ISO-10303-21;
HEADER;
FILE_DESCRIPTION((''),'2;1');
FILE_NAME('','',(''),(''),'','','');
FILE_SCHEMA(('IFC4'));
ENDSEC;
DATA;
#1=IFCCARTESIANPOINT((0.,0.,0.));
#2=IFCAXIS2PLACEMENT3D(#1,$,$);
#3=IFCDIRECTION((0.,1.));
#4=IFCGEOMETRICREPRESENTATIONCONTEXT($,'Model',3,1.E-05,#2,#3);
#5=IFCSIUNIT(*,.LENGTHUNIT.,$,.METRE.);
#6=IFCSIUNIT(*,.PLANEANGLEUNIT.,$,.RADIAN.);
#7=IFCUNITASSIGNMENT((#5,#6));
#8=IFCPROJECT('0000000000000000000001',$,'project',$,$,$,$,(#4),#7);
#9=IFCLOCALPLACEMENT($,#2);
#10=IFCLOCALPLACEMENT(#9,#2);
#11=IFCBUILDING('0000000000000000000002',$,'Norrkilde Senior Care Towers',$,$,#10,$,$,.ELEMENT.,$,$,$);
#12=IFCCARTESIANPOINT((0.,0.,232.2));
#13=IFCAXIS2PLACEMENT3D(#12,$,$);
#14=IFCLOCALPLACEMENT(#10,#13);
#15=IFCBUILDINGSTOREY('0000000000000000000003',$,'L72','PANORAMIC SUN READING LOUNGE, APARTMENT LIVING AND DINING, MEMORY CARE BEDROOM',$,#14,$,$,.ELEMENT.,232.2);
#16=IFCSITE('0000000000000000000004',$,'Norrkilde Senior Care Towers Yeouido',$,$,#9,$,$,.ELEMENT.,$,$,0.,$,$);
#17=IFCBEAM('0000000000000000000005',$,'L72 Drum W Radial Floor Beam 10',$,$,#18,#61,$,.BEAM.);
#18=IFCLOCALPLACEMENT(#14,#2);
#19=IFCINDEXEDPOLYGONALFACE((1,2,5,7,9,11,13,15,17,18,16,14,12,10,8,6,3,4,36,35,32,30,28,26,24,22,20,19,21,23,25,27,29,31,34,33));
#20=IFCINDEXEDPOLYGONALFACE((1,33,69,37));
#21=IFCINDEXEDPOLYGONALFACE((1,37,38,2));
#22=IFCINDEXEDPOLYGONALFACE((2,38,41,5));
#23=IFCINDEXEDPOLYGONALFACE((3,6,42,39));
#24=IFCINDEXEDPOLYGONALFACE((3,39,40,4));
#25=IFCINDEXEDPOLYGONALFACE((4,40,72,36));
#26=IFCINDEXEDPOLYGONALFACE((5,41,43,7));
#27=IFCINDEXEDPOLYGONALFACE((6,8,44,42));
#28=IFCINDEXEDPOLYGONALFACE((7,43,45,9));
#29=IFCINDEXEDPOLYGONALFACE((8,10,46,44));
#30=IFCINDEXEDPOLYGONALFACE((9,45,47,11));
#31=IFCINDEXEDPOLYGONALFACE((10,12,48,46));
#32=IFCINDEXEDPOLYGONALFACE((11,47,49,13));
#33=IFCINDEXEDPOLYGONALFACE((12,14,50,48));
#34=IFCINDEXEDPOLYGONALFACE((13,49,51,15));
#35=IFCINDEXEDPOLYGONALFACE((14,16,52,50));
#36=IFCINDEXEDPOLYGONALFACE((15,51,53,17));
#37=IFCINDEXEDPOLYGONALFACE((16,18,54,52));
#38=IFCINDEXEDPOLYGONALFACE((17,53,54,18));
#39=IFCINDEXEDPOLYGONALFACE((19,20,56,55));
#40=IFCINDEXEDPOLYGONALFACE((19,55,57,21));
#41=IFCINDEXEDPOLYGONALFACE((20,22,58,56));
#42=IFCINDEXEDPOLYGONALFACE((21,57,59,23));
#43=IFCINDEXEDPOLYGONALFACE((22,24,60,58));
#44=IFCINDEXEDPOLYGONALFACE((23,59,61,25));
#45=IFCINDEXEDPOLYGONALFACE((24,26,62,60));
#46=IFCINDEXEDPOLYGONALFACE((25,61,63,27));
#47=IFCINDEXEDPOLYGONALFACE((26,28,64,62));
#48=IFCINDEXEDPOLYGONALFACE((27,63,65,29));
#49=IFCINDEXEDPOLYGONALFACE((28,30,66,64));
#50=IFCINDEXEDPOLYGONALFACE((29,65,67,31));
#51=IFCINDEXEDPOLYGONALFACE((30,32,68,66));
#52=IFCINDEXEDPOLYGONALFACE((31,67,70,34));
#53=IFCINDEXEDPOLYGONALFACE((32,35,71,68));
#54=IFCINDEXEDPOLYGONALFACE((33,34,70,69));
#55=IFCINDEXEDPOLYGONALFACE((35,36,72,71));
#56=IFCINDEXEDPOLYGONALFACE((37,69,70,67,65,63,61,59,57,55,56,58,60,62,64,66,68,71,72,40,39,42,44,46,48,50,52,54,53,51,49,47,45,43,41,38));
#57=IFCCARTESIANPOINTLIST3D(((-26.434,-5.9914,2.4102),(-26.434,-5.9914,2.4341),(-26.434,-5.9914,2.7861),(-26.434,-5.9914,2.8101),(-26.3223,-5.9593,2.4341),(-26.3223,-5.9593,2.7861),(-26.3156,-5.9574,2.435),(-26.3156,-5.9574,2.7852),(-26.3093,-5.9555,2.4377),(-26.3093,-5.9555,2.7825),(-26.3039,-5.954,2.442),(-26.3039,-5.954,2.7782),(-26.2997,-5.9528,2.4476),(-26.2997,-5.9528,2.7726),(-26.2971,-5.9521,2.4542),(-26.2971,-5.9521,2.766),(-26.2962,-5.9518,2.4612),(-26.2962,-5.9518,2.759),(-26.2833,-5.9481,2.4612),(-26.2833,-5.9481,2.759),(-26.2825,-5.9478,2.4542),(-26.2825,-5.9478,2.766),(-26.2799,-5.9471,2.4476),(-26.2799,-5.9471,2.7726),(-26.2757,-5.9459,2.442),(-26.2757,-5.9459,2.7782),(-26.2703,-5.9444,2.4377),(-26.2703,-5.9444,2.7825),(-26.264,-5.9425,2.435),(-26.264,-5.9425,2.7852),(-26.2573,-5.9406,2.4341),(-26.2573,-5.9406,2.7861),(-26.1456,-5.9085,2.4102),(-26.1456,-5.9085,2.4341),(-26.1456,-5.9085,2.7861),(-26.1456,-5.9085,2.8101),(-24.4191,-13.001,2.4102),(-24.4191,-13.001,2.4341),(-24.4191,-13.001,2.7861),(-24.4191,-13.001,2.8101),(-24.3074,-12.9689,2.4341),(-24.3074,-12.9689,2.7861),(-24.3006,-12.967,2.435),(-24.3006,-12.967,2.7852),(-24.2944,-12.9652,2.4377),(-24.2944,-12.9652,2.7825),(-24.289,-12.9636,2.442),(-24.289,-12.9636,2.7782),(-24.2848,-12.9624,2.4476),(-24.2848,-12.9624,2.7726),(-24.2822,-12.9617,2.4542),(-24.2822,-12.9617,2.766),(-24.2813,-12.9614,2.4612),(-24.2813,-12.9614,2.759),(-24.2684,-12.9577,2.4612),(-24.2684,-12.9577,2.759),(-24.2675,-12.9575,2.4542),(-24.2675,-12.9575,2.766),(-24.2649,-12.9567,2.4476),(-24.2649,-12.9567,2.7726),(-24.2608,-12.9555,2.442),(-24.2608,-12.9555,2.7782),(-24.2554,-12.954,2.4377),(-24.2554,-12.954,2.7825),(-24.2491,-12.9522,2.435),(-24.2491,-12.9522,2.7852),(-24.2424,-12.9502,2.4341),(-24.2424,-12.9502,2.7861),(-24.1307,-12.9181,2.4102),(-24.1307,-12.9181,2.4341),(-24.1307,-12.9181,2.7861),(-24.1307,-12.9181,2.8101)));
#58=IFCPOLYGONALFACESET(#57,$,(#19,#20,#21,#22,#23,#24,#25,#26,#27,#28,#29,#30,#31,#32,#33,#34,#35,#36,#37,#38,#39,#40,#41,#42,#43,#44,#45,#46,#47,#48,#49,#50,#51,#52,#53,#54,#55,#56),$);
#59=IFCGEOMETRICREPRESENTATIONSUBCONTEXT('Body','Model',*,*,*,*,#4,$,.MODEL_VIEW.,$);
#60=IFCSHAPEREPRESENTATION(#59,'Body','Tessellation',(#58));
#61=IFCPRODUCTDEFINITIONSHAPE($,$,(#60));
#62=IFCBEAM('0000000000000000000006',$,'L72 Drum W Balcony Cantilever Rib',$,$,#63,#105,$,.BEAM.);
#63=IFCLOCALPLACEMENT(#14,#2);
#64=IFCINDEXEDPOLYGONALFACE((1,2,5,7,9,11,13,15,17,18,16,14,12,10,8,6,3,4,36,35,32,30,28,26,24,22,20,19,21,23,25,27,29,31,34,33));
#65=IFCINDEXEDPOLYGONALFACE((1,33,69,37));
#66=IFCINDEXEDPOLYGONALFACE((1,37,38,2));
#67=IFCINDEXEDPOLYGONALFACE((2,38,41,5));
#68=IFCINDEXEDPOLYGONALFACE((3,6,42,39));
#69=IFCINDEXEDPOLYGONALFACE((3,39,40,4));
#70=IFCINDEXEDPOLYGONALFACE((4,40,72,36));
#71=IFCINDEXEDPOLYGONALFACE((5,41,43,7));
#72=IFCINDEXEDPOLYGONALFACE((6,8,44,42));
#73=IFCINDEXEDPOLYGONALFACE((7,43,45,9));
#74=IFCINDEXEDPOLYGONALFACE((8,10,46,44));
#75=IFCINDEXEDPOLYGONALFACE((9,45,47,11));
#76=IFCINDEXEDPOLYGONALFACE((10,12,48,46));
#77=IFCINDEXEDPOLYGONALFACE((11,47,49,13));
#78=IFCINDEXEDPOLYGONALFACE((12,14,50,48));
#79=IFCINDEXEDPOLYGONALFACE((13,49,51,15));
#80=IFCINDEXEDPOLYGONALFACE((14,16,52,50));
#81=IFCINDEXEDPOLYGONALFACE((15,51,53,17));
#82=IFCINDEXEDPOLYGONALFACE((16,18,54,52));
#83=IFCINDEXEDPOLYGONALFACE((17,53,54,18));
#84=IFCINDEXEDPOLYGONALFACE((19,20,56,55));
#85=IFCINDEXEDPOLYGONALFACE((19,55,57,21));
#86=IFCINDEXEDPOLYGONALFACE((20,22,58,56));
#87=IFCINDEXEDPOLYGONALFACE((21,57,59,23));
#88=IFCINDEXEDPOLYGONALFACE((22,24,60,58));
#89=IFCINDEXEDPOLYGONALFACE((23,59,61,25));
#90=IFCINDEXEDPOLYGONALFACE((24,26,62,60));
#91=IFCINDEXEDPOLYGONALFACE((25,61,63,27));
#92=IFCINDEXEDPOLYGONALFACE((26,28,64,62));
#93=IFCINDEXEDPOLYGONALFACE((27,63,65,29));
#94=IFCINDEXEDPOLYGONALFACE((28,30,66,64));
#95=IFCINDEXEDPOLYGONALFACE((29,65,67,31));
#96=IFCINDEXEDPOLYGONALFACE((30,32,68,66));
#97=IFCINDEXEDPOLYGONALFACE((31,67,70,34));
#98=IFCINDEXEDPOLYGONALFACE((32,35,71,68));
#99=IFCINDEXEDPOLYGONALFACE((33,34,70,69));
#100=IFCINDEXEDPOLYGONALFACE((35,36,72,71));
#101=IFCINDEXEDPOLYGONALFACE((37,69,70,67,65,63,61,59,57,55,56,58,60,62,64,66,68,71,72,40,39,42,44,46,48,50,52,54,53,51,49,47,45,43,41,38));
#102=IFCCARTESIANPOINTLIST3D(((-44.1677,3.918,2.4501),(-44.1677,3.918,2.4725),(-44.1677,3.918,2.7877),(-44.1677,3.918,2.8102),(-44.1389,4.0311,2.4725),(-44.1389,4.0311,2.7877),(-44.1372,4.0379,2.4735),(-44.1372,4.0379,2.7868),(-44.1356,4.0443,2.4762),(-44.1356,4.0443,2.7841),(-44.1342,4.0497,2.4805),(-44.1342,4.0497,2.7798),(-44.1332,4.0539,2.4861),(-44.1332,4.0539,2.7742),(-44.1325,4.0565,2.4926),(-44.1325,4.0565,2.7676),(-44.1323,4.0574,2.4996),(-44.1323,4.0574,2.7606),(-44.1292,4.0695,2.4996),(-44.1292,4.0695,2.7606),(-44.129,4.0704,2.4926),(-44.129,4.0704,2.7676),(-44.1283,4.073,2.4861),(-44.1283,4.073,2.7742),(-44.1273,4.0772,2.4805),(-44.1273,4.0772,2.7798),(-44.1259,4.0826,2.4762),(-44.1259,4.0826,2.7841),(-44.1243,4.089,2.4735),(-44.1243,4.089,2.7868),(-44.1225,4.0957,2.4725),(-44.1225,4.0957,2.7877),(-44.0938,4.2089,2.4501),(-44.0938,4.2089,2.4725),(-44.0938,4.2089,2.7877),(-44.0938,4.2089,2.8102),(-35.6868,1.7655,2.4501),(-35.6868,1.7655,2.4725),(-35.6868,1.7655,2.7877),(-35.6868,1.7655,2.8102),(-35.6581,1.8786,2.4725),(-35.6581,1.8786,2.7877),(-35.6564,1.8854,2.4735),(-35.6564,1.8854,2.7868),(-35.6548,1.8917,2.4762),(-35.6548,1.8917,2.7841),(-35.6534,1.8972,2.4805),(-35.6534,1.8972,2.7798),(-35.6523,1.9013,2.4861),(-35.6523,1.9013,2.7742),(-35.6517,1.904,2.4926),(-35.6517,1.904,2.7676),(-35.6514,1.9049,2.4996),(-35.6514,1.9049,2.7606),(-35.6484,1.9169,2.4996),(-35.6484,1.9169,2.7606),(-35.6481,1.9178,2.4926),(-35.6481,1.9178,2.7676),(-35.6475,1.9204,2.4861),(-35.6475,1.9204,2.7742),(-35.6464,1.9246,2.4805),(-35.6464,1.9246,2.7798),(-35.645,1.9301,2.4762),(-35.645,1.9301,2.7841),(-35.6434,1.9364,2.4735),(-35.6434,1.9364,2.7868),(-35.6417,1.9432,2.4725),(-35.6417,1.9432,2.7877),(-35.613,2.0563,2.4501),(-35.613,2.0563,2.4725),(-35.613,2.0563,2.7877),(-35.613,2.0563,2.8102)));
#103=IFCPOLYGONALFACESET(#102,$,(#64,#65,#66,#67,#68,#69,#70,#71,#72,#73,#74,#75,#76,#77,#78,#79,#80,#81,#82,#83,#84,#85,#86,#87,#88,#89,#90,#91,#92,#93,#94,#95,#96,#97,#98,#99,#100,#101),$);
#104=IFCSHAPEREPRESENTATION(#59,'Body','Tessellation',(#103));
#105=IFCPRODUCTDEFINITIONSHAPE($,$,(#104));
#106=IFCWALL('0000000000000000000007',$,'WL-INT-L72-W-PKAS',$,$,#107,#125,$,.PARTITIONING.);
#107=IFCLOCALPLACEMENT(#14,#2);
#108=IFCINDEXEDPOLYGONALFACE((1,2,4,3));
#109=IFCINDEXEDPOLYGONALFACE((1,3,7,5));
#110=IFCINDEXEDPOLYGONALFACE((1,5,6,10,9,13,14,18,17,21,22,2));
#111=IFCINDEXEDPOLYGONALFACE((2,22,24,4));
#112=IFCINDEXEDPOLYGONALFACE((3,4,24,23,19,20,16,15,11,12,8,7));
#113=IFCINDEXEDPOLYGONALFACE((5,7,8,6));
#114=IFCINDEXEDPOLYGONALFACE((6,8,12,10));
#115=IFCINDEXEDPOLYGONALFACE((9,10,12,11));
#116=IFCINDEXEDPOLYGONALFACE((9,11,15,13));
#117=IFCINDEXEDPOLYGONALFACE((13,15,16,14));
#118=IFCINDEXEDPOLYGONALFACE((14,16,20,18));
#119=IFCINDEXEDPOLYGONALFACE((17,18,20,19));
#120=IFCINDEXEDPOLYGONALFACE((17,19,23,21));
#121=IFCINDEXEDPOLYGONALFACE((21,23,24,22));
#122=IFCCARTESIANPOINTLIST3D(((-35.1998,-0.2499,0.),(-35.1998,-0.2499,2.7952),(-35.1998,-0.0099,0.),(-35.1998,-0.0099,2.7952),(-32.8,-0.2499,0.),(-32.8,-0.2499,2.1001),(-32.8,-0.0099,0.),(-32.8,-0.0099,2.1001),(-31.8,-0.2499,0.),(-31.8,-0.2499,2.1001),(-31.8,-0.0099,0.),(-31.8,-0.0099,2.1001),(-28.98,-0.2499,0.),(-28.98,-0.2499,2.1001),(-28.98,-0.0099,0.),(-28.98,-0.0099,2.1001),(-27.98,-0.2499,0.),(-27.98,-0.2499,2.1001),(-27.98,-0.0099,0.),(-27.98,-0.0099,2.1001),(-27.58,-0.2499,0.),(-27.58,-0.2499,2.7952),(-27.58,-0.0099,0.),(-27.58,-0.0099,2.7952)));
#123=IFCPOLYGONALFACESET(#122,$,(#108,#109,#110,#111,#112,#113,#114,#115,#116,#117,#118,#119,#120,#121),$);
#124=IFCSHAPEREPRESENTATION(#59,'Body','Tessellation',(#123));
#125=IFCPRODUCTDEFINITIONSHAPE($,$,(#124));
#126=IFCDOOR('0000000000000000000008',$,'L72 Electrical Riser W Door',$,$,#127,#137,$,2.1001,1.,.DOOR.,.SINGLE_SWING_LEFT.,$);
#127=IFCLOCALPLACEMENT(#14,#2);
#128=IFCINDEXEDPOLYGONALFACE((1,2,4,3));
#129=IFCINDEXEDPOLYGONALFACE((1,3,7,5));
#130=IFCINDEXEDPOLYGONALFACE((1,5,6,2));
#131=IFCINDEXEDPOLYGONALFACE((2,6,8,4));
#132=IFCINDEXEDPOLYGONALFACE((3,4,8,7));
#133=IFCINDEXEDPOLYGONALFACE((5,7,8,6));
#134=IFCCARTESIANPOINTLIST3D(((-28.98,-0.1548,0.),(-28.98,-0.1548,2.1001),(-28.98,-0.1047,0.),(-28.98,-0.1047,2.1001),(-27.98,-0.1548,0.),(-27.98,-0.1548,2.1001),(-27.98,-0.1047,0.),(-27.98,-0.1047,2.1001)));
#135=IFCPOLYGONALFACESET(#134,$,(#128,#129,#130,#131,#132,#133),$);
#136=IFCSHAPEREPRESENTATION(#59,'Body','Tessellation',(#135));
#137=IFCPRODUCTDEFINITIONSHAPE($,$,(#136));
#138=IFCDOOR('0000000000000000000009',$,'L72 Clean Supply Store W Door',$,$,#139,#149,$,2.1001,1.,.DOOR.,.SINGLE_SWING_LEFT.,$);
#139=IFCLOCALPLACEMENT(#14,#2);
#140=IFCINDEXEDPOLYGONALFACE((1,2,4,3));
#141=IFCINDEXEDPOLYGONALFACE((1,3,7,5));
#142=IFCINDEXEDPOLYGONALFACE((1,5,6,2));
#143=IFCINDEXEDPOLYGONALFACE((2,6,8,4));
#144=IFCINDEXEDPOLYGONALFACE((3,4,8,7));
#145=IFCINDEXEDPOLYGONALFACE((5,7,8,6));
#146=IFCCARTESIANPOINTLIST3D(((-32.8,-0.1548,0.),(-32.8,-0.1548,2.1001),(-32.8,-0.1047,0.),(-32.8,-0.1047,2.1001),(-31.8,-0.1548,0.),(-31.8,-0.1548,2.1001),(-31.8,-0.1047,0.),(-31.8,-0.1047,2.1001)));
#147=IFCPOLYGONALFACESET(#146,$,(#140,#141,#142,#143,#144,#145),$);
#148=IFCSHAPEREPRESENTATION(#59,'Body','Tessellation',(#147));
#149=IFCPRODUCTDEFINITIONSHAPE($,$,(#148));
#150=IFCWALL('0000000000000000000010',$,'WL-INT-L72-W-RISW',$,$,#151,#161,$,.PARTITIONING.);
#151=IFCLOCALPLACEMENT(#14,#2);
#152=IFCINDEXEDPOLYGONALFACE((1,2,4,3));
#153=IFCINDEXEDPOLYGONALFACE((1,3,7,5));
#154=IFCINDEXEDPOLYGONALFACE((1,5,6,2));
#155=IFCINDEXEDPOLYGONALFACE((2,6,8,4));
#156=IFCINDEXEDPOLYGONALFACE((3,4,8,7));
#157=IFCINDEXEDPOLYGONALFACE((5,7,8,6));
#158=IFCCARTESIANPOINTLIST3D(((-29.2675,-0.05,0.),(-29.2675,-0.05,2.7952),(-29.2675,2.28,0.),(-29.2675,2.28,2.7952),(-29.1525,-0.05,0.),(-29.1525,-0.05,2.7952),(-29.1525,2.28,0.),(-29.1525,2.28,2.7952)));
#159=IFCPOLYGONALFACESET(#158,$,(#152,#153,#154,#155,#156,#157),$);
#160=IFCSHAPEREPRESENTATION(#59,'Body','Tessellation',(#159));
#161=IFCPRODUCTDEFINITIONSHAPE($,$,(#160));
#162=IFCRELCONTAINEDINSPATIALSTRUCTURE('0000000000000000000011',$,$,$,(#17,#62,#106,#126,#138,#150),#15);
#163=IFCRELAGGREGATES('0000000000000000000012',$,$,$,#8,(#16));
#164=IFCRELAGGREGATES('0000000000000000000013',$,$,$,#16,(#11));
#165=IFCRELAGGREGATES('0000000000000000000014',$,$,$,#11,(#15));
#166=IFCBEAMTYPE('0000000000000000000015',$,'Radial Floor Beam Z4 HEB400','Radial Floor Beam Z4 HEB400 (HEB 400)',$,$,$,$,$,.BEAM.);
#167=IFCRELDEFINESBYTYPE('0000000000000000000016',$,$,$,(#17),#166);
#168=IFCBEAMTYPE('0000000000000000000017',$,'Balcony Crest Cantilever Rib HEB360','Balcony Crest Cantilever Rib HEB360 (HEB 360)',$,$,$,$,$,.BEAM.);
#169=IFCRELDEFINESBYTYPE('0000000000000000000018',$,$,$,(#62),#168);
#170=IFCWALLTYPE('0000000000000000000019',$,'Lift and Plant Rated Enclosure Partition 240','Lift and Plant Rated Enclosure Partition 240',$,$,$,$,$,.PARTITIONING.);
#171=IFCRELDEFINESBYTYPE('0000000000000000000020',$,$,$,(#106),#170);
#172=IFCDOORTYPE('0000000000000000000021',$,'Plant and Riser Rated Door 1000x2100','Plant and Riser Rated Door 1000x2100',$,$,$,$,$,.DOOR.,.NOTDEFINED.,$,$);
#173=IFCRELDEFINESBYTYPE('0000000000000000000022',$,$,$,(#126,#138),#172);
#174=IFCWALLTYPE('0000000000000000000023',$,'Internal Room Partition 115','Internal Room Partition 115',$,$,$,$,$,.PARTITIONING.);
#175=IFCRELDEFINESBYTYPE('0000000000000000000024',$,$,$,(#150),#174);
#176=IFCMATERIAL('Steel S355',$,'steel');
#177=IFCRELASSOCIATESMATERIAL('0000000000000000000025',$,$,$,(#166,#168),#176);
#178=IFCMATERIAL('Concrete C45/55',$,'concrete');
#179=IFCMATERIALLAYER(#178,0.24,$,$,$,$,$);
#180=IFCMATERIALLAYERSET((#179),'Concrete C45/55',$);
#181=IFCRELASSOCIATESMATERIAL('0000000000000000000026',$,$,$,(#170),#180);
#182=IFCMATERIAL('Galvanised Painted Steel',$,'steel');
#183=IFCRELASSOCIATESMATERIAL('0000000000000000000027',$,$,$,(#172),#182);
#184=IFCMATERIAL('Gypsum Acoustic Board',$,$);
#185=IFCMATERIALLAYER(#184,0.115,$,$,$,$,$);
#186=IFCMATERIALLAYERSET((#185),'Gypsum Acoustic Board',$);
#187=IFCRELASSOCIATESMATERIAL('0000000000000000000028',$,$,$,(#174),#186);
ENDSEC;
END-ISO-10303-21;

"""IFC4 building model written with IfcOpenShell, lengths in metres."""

from ifc_helpers import new_model, si_unit, direction, frame, frame_2d, origin, origin_2d, place, context, subcontext, project, spatial, rectangle, i_section, extrude, source, transform, mapped, material, layer, layer_set, material_profile, profile_set, type_object, type_shapes, element, fill, save


model = new_model("IFC4")

# Units and contexts
model_context = context("Model", 3, precision=1e-05, world=origin(), true_north=direction((0.0, 1.0)))
body_context = subcontext(model_context, "Body", "Model", "MODEL_VIEW")
ifc_project = project(units=[si_unit("LENGTHUNIT", "METRE"), si_unit("PLANEANGLEUNIT", "RADIAN")], contexts=[model_context])

# Site, building, storey
site_placement = place(None, origin())
site = spatial("IfcSite", under=ifc_project, at=site_placement, Name="Norrkilde Senior Care Towers Yeouido", CompositionType="ELEMENT", RefElevation=0.0)
building_placement = place(site_placement, origin())
building = spatial("IfcBuilding", under=site, at=building_placement, Name="Norrkilde Senior Care Towers", CompositionType="ELEMENT")
storey_placement = place(building_placement, frame((0.0, 0.0, 232.2)))
storey = spatial("IfcBuildingStorey", under=building, at=storey_placement, Name="L72", Description="PANORAMIC SUN READING LOUNGE, APARTMENT LIVING AND DINING, MEMORY CARE BEDROOM", CompositionType="ELEMENT", Elevation=232.2)

# Beams
ifc_material_1 = material(Name="Steel S355", Category="steel")
ifc_material_profile_1 = material_profile(ifc_material_1, i_section(OverallWidth=0.3, OverallDepth=0.3999, WebThickness=0.0134, FlangeThickness=0.0239, FilletRadius=0.0271, at=origin_2d()), Name="HEB 400")
ifc_profile_set_1 = profile_set([ifc_material_profile_1], Name="Steel S355")
beam_type_1 = type_object("IfcBeamType", Name="Radial Floor Beam Z4 HEB400", Description="Radial Floor Beam Z4 HEB400 (HEB 400)", PredefinedType="BEAM", material=ifc_profile_set_1)
shared_shape_1 = source(origin(), body_context, "Body", "SweptSolid", [
    extrude(i_section(OverallWidth=0.3, OverallDepth=0.3999, WebThickness=0.0134, FlangeThickness=0.0239, FilletRadius=0.0271, at=origin_2d()), origin(), (0.0, 0.0, 1.0), 7.2935),
])
type_shapes(beam_type_1, [shared_shape_1])
beam_1_placement = place(storey_placement, frame((-26.2898, -5.95, 2.6101), z_axis=(0.276264, -0.961082, 0.0), x_axis=(0.961082, 0.276264, 0.0)))
element("IfcBeam", 1, at=beam_1_placement, inside=storey, type_object=beam_type_1, Name="L72 Drum W Radial Floor Beam 10", PredefinedType="BEAM", context=body_context, shape_type="MappedRepresentation", body=[
    mapped(shared_shape_1, transform((0.0, 0.0, 0.0), x_axis=(1.0, 0.0, 0.0), y_axis=(0.0, 1.0, 0.0), z_axis=(0.0, 0.0, 1.0), scale=1.0)),
])
ifc_material_profile_2 = material_profile(ifc_material_1, i_section(OverallWidth=0.3, OverallDepth=0.3601, WebThickness=0.0125, FlangeThickness=0.0225, FilletRadius=0.0271, at=origin_2d()), Name="HEB 360")
ifc_profile_set_2 = profile_set([ifc_material_profile_2], Name="Steel S355")
beam_type_2 = type_object("IfcBeamType", Name="Balcony Crest Cantilever Rib HEB360", Description="Balcony Crest Cantilever Rib HEB360 (HEB 360)", PredefinedType="BEAM", material=ifc_profile_set_2)
shared_shape_2 = source(origin(), body_context, "Body", "SweptSolid", [
    extrude(i_section(OverallWidth=0.3, OverallDepth=0.3601, WebThickness=0.0125, FlangeThickness=0.0225, FilletRadius=0.0271, at=origin_2d()), origin(), (0.0, 0.0, 1.0), 8.7498),
])
type_shapes(beam_type_2, [shared_shape_2])
beam_2_placement = place(storey_placement, frame((-35.6499, 1.9109, 2.6301), z_axis=(-0.969266, 0.246014, 0.0), x_axis=(-0.246014, -0.969266, 0.0)))
element("IfcBeam", 2, at=beam_2_placement, inside=storey, type_object=beam_type_2, Name="L72 Drum W Balcony Cantilever Rib", PredefinedType="BEAM", context=body_context, shape_type="MappedRepresentation", body=[
    mapped(shared_shape_2, transform((0.0, 0.0, 0.0), x_axis=(1.0, 0.0, 0.0), y_axis=(0.0, 1.0, 0.0), z_axis=(0.0, 0.0, 1.0), scale=1.0)),
])

# Shared definitions
ifc_material_2 = material(Name="Concrete C45/55", Category="concrete")
ifc_material_3 = material(Name="Galvanised Painted Steel", Category="steel")

# Wall, openings, doors
ifc_layer_1 = layer(ifc_material_2, 0.24)
ifc_layer_set_1 = layer_set([ifc_layer_1], Name="Concrete C45/55")
wall_type_1 = type_object("IfcWallType", Name="Lift and Plant Rated Enclosure Partition 240", Description="Lift and Plant Rated Enclosure Partition 240", PredefinedType="PARTITIONING", material=ifc_layer_set_1)
shared_shape_3 = source(origin(), body_context, "Body", "SweptSolid", [
    extrude(rectangle(XDim=7.6199, YDim=0.24, at=frame_2d((3.8101, 0.0))), origin(), (0.0, 0.0, 1.0), 2.7952),
])
type_shapes(wall_type_1, [shared_shape_3])
wall_1_placement = place(storey_placement, frame((-35.2, -0.1299, 0.0), z_axis=(0.0, 0.0, 1.0), x_axis=(1.0, 0.0, 0.0)))
wall_1 = element("IfcWall", 3, at=wall_1_placement, inside=storey, type_object=wall_type_1, Name="WL-INT-L72-W-PKAS", PredefinedType="PARTITIONING", context=body_context, shape_type="MappedRepresentation", body=[
    mapped(shared_shape_3, transform((0.0, 0.0, 0.0), x_axis=(1.0, 0.0, 0.0), y_axis=(0.0, 1.0, 0.0), z_axis=(0.0, 0.0, 1.0), scale=1.0)),
])
opening_1_placement = place(wall_1_placement, frame((6.22, 0.0, 0.0)))
opening_1 = element("IfcOpeningElement", 4, at=opening_1_placement, cuts=wall_1, PredefinedType="OPENING", context=body_context, shape_type="SweptSolid", body=[
    extrude(rectangle(XDim=1.0, YDim=2.1001, at=frame_2d((0.5, 1.05))), frame((0.0, 0.1299, 0.0), z_axis=(0.0, -1.0, 0.0), x_axis=(1.0, 0.0, 0.0)), (0.0, 0.0, 1.0), 0.26),
])
opening_2_placement = place(wall_1_placement, frame((2.3999, 0.0, 0.0)))
opening_2 = element("IfcOpeningElement", 5, at=opening_2_placement, cuts=wall_1, PredefinedType="OPENING", context=body_context, shape_type="SweptSolid", body=[
    extrude(rectangle(XDim=1.0, YDim=2.1001, at=frame_2d((0.5, 1.05))), frame((0.0, 0.1299, 0.0), z_axis=(0.0, -1.0, 0.0), x_axis=(1.0, 0.0, 0.0)), (0.0, 0.0, 1.0), 0.26),
])
door_type_1 = type_object("IfcDoorType", Name="Plant and Riser Rated Door 1000x2100", Description="Plant and Riser Rated Door 1000x2100", OperationType="NOTDEFINED", PredefinedType="DOOR", material=ifc_material_3)
shared_shape_4 = source(origin(), body_context, "Body", "SweptSolid", [
    extrude(rectangle(XDim=1.0, YDim=2.1001, at=frame_2d((0.5, 1.05))), frame((0.0, 0.0249, 0.0), z_axis=(0.0, -1.0, 0.0), x_axis=(1.0, 0.0, 0.0)), (0.0, 0.0, 1.0), 0.05),
])
type_shapes(door_type_1, [shared_shape_4])
door_1_placement = place(opening_1_placement, frame((1.0, 0.0, 0.0), z_axis=(0.0, 0.0, 1.0), x_axis=(-1.0, 0.0, 0.0)))
door_1 = element("IfcDoor", 6, at=door_1_placement, inside=storey, type_object=door_type_1, Name="L72 Electrical Riser W Door", OperationType="SINGLE_SWING_LEFT", OverallHeight=2.1001, OverallWidth=1.0, PredefinedType="DOOR", context=body_context, shape_type="MappedRepresentation", body=[
    mapped(shared_shape_4, transform((0.0, 0.0, 0.0), x_axis=(1.0, 0.0, 0.0), y_axis=(0.0, 1.0, 0.0), z_axis=(0.0, 0.0, 1.0), scale=1.0)),
])
fill(opening_1, door_1)
door_2_placement = place(opening_2_placement, frame((1.0, 0.0, 0.0), z_axis=(0.0, 0.0, 1.0), x_axis=(-1.0, 0.0, 0.0)))
door_2 = element("IfcDoor", 7, at=door_2_placement, inside=storey, type_object=door_type_1, Name="L72 Clean Supply Store W Door", OperationType="SINGLE_SWING_LEFT", OverallHeight=2.1001, OverallWidth=1.0, PredefinedType="DOOR", context=body_context, shape_type="MappedRepresentation", body=[
    mapped(shared_shape_4, transform((0.0, 0.0, 0.0), x_axis=(1.0, 0.0, 0.0), y_axis=(0.0, 1.0, 0.0), z_axis=(0.0, 0.0, 1.0), scale=1.0)),
])
fill(opening_2, door_2)

# Wall
ifc_material_4 = material(Name="Gypsum Acoustic Board")
ifc_layer_2 = layer(ifc_material_4, 0.115)
ifc_layer_set_2 = layer_set([ifc_layer_2], Name="Gypsum Acoustic Board")
wall_type_2 = type_object("IfcWallType", Name="Internal Room Partition 115", Description="Internal Room Partition 115", PredefinedType="PARTITIONING", material=ifc_layer_set_2)
shared_shape_5 = source(origin(), body_context, "Body", "SweptSolid", [
    extrude(rectangle(XDim=2.3301, YDim=0.115, at=frame_2d((1.165, 0.0))), origin(), (0.0, 0.0, 1.0), 2.7952),
])
type_shapes(wall_type_2, [shared_shape_5])
wall_2_placement = place(storey_placement, frame((-29.21, -0.05, 0.0), z_axis=(0.0, 0.0, 1.0), x_axis=(0.0, 1.0, 0.0)))
element("IfcWall", 8, at=wall_2_placement, inside=storey, type_object=wall_type_2, Name="WL-INT-L72-W-RISW", PredefinedType="PARTITIONING", context=body_context, shape_type="MappedRepresentation", body=[
    mapped(shared_shape_5, transform((0.0, 0.0, 0.0), x_axis=(1.0, 0.0, 0.0), y_axis=(0.0, 1.0, 0.0), z_axis=(0.0, 0.0, 1.0), scale=1.0)),
])

save(model, "model.ifc")
